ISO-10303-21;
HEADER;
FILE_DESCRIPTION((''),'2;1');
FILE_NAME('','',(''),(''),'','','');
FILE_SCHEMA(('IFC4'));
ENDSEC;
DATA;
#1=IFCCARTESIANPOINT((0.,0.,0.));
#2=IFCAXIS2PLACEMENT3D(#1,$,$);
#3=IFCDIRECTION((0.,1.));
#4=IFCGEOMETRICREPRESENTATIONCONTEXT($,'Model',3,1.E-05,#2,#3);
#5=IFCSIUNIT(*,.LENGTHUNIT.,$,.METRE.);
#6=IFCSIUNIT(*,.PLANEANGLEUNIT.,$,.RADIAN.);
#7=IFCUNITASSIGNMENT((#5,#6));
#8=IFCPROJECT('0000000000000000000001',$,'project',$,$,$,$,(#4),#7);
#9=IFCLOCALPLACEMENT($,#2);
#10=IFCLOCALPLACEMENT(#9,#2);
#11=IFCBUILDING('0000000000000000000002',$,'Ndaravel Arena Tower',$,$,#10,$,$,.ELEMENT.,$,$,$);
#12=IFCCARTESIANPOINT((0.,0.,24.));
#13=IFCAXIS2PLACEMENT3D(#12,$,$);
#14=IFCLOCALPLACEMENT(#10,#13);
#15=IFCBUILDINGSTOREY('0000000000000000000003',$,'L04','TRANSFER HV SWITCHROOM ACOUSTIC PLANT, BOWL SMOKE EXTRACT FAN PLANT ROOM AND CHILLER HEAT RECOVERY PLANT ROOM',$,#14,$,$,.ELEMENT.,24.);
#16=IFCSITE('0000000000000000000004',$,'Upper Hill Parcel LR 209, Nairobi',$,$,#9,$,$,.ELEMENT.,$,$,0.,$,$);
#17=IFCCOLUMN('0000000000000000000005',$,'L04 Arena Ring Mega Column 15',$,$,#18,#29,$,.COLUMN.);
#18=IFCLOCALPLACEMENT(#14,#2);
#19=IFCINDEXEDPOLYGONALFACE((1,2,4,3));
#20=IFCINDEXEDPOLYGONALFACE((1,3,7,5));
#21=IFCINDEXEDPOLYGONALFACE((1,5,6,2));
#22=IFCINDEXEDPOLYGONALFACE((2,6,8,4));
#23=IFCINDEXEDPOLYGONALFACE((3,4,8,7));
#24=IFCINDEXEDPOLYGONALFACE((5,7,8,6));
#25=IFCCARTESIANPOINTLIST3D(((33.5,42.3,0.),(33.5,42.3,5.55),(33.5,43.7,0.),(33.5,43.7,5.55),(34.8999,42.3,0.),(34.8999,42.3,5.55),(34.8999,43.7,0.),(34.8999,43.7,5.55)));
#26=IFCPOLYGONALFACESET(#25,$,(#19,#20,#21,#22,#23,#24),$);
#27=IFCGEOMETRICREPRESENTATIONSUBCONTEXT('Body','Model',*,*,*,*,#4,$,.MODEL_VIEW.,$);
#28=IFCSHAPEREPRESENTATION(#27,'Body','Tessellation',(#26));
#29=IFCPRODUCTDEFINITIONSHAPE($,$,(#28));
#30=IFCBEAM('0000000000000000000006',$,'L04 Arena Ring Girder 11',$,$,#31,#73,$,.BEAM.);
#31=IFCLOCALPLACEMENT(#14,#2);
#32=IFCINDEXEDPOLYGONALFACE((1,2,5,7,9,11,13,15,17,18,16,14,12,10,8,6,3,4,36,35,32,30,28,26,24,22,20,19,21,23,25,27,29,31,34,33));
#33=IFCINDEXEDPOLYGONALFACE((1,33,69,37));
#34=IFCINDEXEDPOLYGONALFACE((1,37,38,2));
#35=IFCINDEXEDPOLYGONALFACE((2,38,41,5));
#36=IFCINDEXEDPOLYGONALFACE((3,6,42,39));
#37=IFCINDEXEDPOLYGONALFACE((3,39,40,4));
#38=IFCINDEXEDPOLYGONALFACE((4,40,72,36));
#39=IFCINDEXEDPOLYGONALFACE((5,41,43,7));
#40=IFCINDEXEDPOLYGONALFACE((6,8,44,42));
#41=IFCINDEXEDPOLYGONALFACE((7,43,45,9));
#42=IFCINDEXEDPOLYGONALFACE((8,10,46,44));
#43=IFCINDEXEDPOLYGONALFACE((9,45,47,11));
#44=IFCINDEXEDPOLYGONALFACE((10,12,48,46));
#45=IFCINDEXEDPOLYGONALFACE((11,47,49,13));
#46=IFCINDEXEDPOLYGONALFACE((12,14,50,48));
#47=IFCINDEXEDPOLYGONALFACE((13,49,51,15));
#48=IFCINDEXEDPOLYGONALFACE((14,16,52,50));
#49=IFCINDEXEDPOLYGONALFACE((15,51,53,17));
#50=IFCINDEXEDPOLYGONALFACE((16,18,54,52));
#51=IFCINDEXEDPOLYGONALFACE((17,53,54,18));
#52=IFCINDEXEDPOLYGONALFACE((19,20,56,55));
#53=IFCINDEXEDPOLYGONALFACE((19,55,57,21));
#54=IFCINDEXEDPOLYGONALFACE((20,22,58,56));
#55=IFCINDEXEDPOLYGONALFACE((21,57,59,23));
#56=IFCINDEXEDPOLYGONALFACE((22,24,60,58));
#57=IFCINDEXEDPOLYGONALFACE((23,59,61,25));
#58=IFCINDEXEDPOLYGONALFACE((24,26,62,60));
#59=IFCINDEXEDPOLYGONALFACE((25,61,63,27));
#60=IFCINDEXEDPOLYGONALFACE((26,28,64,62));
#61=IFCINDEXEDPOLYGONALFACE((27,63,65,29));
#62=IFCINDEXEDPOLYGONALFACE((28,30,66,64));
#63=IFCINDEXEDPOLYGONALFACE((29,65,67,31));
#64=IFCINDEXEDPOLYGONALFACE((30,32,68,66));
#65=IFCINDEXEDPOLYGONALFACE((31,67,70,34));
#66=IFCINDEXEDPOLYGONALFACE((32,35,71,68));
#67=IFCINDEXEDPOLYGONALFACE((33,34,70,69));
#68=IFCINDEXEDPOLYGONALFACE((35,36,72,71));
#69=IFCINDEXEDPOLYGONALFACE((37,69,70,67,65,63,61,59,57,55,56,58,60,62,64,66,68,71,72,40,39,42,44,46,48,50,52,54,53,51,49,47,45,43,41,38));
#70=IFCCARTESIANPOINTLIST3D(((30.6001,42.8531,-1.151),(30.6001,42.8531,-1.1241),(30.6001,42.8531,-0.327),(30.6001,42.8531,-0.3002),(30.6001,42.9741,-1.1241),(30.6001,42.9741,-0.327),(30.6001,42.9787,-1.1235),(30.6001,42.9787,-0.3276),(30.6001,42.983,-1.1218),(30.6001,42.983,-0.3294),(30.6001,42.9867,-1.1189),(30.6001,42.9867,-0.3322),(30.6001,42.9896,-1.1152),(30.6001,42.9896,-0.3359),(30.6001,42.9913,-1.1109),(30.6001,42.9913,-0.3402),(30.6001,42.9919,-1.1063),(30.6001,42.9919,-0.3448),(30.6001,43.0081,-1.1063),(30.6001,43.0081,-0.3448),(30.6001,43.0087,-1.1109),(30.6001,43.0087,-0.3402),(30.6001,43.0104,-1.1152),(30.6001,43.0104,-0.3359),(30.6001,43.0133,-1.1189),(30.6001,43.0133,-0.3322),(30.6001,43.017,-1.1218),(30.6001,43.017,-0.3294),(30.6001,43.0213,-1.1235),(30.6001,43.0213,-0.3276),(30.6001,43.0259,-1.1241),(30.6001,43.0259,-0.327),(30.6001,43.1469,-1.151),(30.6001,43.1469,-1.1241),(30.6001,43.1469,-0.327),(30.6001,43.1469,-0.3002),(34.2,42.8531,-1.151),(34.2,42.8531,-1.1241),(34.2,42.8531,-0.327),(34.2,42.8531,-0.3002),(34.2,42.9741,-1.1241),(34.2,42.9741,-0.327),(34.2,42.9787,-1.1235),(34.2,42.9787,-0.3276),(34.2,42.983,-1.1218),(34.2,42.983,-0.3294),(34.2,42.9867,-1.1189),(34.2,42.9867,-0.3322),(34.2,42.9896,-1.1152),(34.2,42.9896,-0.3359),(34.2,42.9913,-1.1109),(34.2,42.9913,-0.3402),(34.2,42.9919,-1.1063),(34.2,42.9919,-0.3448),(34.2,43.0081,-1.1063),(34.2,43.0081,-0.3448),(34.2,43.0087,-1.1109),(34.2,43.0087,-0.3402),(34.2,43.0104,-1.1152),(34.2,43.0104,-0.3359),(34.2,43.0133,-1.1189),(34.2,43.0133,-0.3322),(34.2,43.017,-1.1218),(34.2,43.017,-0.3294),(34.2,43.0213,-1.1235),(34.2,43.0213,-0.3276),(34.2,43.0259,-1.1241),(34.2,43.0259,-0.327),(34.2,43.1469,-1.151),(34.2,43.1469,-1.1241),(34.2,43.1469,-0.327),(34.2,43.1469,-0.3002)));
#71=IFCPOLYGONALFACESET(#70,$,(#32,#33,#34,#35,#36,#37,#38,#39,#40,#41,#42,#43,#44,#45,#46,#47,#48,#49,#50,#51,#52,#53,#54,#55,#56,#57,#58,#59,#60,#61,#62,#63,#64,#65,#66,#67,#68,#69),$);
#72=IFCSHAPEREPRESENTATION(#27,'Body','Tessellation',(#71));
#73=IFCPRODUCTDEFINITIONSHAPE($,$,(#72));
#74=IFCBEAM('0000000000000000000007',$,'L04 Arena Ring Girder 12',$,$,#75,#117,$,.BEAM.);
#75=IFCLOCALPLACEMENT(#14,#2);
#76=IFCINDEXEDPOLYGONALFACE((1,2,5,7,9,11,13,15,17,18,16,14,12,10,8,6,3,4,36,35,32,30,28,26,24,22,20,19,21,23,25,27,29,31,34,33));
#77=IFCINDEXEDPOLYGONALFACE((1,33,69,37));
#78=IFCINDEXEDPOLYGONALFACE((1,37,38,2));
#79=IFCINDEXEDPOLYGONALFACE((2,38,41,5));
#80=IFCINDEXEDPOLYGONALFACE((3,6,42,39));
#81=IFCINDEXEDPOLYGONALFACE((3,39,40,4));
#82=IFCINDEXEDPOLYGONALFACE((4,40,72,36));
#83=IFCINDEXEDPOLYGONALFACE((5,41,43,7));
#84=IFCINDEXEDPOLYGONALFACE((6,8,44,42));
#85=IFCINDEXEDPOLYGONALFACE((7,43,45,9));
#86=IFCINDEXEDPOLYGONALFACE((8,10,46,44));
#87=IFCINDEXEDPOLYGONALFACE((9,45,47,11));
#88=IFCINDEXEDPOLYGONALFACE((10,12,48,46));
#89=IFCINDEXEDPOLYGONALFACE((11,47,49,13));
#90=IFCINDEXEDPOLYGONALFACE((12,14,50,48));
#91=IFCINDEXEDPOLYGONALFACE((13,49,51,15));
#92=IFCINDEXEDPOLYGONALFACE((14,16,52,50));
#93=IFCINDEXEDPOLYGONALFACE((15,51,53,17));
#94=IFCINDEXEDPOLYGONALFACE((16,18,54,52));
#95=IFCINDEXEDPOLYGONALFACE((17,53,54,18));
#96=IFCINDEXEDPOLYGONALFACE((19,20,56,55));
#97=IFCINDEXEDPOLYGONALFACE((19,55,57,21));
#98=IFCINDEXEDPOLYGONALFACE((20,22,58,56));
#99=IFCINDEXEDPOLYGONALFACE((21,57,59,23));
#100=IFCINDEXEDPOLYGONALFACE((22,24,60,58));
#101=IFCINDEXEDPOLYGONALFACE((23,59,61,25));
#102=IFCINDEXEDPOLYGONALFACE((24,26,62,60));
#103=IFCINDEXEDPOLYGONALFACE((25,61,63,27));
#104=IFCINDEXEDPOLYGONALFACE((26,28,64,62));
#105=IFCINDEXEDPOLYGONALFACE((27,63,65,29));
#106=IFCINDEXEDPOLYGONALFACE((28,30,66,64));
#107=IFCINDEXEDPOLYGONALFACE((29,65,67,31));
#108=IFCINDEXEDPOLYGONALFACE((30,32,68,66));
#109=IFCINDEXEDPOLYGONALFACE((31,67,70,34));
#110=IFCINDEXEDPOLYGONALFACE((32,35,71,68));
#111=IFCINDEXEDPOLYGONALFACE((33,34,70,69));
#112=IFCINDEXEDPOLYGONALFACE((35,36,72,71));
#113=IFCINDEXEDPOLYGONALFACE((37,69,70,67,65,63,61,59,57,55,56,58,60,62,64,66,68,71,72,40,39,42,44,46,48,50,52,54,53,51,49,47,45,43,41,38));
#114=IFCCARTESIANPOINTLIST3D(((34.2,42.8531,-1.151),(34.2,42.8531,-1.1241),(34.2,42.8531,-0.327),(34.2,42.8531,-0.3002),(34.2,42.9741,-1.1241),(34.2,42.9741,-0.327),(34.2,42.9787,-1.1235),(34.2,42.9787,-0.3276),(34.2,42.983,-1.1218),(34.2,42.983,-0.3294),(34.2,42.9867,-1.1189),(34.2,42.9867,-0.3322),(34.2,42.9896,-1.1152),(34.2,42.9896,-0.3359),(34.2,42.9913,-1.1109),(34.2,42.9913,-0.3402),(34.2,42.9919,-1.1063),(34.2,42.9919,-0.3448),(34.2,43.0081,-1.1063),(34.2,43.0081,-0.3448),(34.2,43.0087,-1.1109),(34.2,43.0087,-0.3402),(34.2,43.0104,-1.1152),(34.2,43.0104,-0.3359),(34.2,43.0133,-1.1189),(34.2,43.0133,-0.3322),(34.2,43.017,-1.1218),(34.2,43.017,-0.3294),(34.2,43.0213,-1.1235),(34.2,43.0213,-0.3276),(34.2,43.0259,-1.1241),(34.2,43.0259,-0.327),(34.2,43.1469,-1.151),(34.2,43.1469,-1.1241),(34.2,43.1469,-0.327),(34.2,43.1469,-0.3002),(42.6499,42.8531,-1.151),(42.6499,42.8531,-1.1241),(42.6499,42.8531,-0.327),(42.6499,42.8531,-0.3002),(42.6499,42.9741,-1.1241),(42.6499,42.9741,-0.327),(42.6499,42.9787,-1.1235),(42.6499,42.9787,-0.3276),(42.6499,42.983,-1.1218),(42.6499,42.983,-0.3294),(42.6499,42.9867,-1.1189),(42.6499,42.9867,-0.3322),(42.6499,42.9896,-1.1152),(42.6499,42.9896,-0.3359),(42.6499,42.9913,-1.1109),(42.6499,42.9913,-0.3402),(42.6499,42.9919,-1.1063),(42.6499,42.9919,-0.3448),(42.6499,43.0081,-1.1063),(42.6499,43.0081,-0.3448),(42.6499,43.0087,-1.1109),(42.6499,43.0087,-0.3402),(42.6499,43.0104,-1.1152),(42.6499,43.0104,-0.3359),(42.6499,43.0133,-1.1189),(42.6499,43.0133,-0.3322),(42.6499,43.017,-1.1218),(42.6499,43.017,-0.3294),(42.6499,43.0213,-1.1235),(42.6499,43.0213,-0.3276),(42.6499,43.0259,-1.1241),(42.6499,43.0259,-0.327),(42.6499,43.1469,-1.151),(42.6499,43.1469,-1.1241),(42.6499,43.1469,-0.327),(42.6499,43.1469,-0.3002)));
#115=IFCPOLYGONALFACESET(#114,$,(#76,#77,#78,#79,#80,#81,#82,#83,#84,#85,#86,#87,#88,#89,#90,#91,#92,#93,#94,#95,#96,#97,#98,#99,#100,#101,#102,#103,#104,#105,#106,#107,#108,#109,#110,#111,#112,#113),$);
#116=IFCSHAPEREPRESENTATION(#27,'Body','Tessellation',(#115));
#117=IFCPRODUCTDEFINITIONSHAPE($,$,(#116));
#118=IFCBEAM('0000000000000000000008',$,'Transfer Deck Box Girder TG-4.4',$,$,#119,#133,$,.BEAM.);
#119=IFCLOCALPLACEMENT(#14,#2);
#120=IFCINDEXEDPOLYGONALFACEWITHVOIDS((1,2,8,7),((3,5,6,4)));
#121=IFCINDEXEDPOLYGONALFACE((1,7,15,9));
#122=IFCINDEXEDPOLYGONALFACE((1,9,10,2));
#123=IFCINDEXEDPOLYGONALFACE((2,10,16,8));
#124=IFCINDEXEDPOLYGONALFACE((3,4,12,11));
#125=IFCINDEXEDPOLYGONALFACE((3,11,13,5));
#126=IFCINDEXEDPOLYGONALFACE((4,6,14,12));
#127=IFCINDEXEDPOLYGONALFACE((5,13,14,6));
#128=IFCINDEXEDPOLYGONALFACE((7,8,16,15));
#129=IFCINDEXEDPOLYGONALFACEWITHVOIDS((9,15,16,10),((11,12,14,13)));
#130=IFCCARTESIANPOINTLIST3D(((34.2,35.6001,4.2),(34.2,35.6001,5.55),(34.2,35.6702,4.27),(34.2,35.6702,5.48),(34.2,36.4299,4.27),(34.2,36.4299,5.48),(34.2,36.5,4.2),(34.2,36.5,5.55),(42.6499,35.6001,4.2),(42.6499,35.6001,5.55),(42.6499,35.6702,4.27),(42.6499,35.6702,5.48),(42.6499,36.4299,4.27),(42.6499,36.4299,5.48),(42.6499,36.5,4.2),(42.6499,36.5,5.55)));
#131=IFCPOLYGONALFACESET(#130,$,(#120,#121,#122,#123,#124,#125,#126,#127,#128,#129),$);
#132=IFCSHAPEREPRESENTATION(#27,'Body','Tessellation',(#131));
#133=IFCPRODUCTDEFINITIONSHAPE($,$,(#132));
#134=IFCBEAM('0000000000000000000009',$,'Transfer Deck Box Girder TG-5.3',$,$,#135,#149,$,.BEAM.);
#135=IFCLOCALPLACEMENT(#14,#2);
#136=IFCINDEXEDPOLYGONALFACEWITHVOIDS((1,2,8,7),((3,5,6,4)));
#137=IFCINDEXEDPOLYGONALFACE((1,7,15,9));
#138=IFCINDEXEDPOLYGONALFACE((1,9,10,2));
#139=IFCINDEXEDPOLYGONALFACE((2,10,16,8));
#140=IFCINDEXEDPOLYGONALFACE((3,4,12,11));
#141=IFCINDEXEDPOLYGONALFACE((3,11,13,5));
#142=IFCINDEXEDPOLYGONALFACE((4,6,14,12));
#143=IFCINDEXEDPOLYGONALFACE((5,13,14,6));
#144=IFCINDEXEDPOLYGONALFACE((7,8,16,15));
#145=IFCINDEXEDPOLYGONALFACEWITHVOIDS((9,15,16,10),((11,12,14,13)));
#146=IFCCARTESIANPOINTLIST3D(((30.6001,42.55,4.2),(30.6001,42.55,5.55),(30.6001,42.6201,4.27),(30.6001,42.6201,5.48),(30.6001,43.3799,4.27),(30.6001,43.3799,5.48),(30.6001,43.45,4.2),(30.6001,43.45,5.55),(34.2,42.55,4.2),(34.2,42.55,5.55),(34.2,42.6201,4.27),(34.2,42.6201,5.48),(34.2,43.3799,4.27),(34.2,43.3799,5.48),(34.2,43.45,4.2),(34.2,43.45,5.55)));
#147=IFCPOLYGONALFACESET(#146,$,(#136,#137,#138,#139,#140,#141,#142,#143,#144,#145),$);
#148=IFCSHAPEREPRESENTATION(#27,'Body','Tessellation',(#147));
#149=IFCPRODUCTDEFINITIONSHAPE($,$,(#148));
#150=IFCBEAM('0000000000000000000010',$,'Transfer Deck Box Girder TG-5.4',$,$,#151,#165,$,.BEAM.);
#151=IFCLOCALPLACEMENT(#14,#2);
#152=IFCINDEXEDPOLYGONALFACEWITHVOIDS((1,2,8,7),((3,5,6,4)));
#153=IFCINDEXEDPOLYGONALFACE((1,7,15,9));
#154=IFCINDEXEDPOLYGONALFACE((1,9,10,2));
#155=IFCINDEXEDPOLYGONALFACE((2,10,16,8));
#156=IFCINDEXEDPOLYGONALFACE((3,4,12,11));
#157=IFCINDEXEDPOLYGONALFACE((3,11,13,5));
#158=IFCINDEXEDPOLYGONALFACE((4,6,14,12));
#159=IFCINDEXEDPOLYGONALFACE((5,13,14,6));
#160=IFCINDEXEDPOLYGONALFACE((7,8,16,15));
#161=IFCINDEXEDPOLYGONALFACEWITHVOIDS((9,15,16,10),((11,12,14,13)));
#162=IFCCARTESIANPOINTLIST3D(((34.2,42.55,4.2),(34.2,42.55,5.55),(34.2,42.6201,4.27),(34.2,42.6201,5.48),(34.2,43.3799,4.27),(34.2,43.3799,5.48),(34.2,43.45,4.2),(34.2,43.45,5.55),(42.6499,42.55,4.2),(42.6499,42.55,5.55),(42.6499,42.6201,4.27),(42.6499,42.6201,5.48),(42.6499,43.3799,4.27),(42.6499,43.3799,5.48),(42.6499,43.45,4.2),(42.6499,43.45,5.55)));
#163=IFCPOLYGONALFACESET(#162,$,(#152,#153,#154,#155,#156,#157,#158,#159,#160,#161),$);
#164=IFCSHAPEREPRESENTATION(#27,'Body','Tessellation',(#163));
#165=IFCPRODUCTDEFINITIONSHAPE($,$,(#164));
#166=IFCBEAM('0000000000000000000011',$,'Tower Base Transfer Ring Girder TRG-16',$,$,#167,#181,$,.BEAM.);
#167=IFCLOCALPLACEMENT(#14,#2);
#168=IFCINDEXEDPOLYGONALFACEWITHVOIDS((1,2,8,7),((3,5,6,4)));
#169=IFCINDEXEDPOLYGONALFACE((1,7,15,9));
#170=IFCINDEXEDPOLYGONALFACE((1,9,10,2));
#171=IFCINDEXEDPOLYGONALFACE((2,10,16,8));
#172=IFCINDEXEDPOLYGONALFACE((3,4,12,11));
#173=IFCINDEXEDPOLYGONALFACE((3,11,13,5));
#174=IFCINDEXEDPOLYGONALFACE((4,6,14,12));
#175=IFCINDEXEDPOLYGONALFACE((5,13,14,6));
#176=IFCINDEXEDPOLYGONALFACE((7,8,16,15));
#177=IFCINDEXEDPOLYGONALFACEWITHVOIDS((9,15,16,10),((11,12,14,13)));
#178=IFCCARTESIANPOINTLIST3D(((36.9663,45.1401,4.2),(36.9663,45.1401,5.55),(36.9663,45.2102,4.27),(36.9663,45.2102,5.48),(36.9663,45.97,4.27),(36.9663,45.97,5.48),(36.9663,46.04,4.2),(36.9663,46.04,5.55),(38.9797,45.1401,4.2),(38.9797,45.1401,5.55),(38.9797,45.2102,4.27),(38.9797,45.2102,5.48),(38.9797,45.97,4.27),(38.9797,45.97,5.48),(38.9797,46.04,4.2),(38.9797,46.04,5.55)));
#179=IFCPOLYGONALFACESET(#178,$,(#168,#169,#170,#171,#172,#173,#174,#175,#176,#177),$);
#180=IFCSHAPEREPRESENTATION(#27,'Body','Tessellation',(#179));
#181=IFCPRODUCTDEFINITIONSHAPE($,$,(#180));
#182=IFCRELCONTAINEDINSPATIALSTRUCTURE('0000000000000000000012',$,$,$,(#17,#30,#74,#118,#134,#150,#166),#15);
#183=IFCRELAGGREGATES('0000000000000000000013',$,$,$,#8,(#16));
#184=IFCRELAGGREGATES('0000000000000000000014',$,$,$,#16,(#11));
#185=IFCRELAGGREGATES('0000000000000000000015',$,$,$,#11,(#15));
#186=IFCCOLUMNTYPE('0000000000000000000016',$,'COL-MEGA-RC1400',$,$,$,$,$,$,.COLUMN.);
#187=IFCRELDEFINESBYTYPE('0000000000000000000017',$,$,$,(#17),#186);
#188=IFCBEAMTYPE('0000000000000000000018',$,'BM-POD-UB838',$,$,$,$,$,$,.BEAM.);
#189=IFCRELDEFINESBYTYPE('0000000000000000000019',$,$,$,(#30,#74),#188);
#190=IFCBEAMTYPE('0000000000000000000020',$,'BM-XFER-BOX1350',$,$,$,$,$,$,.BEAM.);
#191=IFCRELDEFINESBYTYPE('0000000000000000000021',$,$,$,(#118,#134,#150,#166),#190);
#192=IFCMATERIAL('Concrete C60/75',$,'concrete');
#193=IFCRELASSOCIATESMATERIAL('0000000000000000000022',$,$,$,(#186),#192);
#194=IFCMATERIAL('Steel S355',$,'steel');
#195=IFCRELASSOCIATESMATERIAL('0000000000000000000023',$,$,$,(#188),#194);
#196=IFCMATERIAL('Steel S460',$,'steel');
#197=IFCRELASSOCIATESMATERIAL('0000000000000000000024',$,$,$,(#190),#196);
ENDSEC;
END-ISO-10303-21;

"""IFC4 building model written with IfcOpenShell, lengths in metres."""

from ifc_helpers import new_model, si_unit, direction, frame, origin, origin_2d, place, context, subcontext, project, spatial, rectangle, hollow_rectangle, i_section, extrude, material, material_profile, profile_set, type_object, element, save


model = new_model("IFC4")

# Units and contexts
model_context = context("Model", 3, precision=1e-05, world=origin(), true_north=direction((0.0, 1.0)))
body_context = subcontext(model_context, "Body", "Model", "MODEL_VIEW")
ifc_project = project(units=[si_unit("LENGTHUNIT", "METRE"), si_unit("PLANEANGLEUNIT", "RADIAN")], contexts=[model_context])

# Site, building, storey
site_placement = place(None, origin())
site = spatial("IfcSite", under=ifc_project, at=site_placement, Name="Upper Hill Parcel LR 209, Nairobi", CompositionType="ELEMENT", RefElevation=0.0)
building_placement = place(site_placement, origin())
building = spatial("IfcBuilding", under=site, at=building_placement, Name="Ndaravel Arena Tower", CompositionType="ELEMENT")
storey_placement = place(building_placement, frame((0.0, 0.0, 24.0)))
storey = spatial("IfcBuildingStorey", under=building, at=storey_placement, Name="L04", Description="TRANSFER HV SWITCHROOM ACOUSTIC PLANT, BOWL SMOKE EXTRACT FAN PLANT ROOM AND CHILLER HEAT RECOVERY PLANT ROOM", CompositionType="ELEMENT", Elevation=24.0)

# Column
ifc_material_1 = material(Name="Concrete C60/75", Category="concrete")
ifc_material_profile_1 = material_profile(ifc_material_1, rectangle(XDim=1.3999, YDim=1.3999, at=origin_2d()), Name="RC 1400x1400")
ifc_profile_set_1 = profile_set([ifc_material_profile_1], Name="Concrete C60/75")
column_type = type_object("IfcColumnType", Name="COL-MEGA-RC1400", PredefinedType="COLUMN", material=ifc_profile_set_1)
column_placement = place(storey_placement, frame((34.2, 43.0, 0.0), z_axis=(0.0, 0.0, 1.0), x_axis=(1.0, 0.0, 0.0)))
element("IfcColumn", 1, at=column_placement, inside=storey, type_object=column_type, Name="L04 Arena Ring Mega Column 15", PredefinedType="COLUMN", context=body_context, shape_type="SweptSolid", body=[
    extrude(rectangle(XDim=1.3999, YDim=1.3999, at=origin_2d()), origin(), (0.0, 0.0, 1.0), 5.55),
])

# Beams
ifc_material_2 = material(Name="Steel S355", Category="steel")
ifc_material_profile_2 = material_profile(ifc_material_2, i_section(OverallWidth=0.2937, OverallDepth=0.8508, WebThickness=0.0161, FlangeThickness=0.0269, FilletRadius=0.0178, at=origin_2d()), Name="UB 838x292x226")
ifc_profile_set_2 = profile_set([ifc_material_profile_2], Name="Steel S355")
beam_type_1 = type_object("IfcBeamType", Name="BM-POD-UB838", PredefinedType="BEAM", material=ifc_profile_set_2)
beam_1_placement = place(storey_placement, frame((30.6001, 43.0, -0.7256), z_axis=(1.0, 0.0, 0.0), x_axis=(0.0, 1.0, 0.0)))
element("IfcBeam", 2, at=beam_1_placement, inside=storey, type_object=beam_type_1, Name="L04 Arena Ring Girder 11", PredefinedType="BEAM", context=body_context, shape_type="SweptSolid", body=[
    extrude(i_section(OverallWidth=0.2937, OverallDepth=0.8508, WebThickness=0.0161, FlangeThickness=0.0269, FilletRadius=0.0178, at=origin_2d()), origin(), (0.0, 0.0, 1.0), 3.5999),
])
beam_2_placement = place(storey_placement, frame((34.2, 43.0, -0.7256), z_axis=(1.0, 0.0, 0.0), x_axis=(0.0, 1.0, 0.0)))
element("IfcBeam", 3, at=beam_2_placement, inside=storey, type_object=beam_type_1, Name="L04 Arena Ring Girder 12", PredefinedType="BEAM", context=body_context, shape_type="SweptSolid", body=[
    extrude(i_section(OverallWidth=0.2937, OverallDepth=0.8508, WebThickness=0.0161, FlangeThickness=0.0269, FilletRadius=0.0178, at=origin_2d()), origin(), (0.0, 0.0, 1.0), 8.45),
])
ifc_material_3 = material(Name="Steel S460", Category="steel")
ifc_material_profile_3 = material_profile(ifc_material_3, hollow_rectangle(XDim=0.8999, YDim=1.3501, WallThickness=0.0701, at=origin_2d()), Name="BOX 1350x900x70")
ifc_profile_set_3 = profile_set([ifc_material_profile_3], Name="Steel S460")
beam_type_2 = type_object("IfcBeamType", Name="BM-XFER-BOX1350", PredefinedType="BEAM", material=ifc_profile_set_3)
beam_3_placement = place(storey_placement, frame((34.2, 36.05, 4.875), z_axis=(1.0, 0.0, 0.0), x_axis=(0.0, 1.0, 0.0)))
element("IfcBeam", 4, at=beam_3_placement, inside=storey, type_object=beam_type_2, Name="Transfer Deck Box Girder TG-4.4", PredefinedType="BEAM", context=body_context, shape_type="SweptSolid", body=[
    extrude(hollow_rectangle(XDim=0.8999, YDim=1.3501, WallThickness=0.0701, at=origin_2d()), origin(), (0.0, 0.0, 1.0), 8.45),
])
beam_4_placement = place(storey_placement, frame((30.6001, 43.0, 4.875), z_axis=(1.0, 0.0, 0.0), x_axis=(0.0, 1.0, 0.0)))
element("IfcBeam", 5, at=beam_4_placement, inside=storey, type_object=beam_type_2, Name="Transfer Deck Box Girder TG-5.3", PredefinedType="BEAM", context=body_context, shape_type="SweptSolid", body=[
    extrude(hollow_rectangle(XDim=0.8999, YDim=1.3501, WallThickness=0.0701, at=origin_2d()), origin(), (0.0, 0.0, 1.0), 3.5999),
])
beam_5_placement = place(storey_placement, frame((34.2, 43.0, 4.875), z_axis=(1.0, 0.0, 0.0), x_axis=(0.0, 1.0, 0.0)))
element("IfcBeam", 6, at=beam_5_placement, inside=storey, type_object=beam_type_2, Name="Transfer Deck Box Girder TG-5.4", PredefinedType="BEAM", context=body_context, shape_type="SweptSolid", body=[
    extrude(hollow_rectangle(XDim=0.8999, YDim=1.3501, WallThickness=0.0701, at=origin_2d()), origin(), (0.0, 0.0, 1.0), 8.45),
])
beam_6_placement = place(storey_placement, frame((38.9797, 45.5901, 4.875), z_axis=(-1.0, 0.0, 0.0), x_axis=(0.0, -1.0, 0.0)))
element("IfcBeam", 7, at=beam_6_placement, inside=storey, type_object=beam_type_2, Name="Tower Base Transfer Ring Girder TRG-16", PredefinedType="BEAM", context=body_context, shape_type="SweptSolid", body=[
    extrude(hollow_rectangle(XDim=0.8999, YDim=1.3501, WallThickness=0.0701, at=origin_2d()), origin(), (0.0, 0.0, 1.0), 2.0134),
])

save(model, "model.ifc")
